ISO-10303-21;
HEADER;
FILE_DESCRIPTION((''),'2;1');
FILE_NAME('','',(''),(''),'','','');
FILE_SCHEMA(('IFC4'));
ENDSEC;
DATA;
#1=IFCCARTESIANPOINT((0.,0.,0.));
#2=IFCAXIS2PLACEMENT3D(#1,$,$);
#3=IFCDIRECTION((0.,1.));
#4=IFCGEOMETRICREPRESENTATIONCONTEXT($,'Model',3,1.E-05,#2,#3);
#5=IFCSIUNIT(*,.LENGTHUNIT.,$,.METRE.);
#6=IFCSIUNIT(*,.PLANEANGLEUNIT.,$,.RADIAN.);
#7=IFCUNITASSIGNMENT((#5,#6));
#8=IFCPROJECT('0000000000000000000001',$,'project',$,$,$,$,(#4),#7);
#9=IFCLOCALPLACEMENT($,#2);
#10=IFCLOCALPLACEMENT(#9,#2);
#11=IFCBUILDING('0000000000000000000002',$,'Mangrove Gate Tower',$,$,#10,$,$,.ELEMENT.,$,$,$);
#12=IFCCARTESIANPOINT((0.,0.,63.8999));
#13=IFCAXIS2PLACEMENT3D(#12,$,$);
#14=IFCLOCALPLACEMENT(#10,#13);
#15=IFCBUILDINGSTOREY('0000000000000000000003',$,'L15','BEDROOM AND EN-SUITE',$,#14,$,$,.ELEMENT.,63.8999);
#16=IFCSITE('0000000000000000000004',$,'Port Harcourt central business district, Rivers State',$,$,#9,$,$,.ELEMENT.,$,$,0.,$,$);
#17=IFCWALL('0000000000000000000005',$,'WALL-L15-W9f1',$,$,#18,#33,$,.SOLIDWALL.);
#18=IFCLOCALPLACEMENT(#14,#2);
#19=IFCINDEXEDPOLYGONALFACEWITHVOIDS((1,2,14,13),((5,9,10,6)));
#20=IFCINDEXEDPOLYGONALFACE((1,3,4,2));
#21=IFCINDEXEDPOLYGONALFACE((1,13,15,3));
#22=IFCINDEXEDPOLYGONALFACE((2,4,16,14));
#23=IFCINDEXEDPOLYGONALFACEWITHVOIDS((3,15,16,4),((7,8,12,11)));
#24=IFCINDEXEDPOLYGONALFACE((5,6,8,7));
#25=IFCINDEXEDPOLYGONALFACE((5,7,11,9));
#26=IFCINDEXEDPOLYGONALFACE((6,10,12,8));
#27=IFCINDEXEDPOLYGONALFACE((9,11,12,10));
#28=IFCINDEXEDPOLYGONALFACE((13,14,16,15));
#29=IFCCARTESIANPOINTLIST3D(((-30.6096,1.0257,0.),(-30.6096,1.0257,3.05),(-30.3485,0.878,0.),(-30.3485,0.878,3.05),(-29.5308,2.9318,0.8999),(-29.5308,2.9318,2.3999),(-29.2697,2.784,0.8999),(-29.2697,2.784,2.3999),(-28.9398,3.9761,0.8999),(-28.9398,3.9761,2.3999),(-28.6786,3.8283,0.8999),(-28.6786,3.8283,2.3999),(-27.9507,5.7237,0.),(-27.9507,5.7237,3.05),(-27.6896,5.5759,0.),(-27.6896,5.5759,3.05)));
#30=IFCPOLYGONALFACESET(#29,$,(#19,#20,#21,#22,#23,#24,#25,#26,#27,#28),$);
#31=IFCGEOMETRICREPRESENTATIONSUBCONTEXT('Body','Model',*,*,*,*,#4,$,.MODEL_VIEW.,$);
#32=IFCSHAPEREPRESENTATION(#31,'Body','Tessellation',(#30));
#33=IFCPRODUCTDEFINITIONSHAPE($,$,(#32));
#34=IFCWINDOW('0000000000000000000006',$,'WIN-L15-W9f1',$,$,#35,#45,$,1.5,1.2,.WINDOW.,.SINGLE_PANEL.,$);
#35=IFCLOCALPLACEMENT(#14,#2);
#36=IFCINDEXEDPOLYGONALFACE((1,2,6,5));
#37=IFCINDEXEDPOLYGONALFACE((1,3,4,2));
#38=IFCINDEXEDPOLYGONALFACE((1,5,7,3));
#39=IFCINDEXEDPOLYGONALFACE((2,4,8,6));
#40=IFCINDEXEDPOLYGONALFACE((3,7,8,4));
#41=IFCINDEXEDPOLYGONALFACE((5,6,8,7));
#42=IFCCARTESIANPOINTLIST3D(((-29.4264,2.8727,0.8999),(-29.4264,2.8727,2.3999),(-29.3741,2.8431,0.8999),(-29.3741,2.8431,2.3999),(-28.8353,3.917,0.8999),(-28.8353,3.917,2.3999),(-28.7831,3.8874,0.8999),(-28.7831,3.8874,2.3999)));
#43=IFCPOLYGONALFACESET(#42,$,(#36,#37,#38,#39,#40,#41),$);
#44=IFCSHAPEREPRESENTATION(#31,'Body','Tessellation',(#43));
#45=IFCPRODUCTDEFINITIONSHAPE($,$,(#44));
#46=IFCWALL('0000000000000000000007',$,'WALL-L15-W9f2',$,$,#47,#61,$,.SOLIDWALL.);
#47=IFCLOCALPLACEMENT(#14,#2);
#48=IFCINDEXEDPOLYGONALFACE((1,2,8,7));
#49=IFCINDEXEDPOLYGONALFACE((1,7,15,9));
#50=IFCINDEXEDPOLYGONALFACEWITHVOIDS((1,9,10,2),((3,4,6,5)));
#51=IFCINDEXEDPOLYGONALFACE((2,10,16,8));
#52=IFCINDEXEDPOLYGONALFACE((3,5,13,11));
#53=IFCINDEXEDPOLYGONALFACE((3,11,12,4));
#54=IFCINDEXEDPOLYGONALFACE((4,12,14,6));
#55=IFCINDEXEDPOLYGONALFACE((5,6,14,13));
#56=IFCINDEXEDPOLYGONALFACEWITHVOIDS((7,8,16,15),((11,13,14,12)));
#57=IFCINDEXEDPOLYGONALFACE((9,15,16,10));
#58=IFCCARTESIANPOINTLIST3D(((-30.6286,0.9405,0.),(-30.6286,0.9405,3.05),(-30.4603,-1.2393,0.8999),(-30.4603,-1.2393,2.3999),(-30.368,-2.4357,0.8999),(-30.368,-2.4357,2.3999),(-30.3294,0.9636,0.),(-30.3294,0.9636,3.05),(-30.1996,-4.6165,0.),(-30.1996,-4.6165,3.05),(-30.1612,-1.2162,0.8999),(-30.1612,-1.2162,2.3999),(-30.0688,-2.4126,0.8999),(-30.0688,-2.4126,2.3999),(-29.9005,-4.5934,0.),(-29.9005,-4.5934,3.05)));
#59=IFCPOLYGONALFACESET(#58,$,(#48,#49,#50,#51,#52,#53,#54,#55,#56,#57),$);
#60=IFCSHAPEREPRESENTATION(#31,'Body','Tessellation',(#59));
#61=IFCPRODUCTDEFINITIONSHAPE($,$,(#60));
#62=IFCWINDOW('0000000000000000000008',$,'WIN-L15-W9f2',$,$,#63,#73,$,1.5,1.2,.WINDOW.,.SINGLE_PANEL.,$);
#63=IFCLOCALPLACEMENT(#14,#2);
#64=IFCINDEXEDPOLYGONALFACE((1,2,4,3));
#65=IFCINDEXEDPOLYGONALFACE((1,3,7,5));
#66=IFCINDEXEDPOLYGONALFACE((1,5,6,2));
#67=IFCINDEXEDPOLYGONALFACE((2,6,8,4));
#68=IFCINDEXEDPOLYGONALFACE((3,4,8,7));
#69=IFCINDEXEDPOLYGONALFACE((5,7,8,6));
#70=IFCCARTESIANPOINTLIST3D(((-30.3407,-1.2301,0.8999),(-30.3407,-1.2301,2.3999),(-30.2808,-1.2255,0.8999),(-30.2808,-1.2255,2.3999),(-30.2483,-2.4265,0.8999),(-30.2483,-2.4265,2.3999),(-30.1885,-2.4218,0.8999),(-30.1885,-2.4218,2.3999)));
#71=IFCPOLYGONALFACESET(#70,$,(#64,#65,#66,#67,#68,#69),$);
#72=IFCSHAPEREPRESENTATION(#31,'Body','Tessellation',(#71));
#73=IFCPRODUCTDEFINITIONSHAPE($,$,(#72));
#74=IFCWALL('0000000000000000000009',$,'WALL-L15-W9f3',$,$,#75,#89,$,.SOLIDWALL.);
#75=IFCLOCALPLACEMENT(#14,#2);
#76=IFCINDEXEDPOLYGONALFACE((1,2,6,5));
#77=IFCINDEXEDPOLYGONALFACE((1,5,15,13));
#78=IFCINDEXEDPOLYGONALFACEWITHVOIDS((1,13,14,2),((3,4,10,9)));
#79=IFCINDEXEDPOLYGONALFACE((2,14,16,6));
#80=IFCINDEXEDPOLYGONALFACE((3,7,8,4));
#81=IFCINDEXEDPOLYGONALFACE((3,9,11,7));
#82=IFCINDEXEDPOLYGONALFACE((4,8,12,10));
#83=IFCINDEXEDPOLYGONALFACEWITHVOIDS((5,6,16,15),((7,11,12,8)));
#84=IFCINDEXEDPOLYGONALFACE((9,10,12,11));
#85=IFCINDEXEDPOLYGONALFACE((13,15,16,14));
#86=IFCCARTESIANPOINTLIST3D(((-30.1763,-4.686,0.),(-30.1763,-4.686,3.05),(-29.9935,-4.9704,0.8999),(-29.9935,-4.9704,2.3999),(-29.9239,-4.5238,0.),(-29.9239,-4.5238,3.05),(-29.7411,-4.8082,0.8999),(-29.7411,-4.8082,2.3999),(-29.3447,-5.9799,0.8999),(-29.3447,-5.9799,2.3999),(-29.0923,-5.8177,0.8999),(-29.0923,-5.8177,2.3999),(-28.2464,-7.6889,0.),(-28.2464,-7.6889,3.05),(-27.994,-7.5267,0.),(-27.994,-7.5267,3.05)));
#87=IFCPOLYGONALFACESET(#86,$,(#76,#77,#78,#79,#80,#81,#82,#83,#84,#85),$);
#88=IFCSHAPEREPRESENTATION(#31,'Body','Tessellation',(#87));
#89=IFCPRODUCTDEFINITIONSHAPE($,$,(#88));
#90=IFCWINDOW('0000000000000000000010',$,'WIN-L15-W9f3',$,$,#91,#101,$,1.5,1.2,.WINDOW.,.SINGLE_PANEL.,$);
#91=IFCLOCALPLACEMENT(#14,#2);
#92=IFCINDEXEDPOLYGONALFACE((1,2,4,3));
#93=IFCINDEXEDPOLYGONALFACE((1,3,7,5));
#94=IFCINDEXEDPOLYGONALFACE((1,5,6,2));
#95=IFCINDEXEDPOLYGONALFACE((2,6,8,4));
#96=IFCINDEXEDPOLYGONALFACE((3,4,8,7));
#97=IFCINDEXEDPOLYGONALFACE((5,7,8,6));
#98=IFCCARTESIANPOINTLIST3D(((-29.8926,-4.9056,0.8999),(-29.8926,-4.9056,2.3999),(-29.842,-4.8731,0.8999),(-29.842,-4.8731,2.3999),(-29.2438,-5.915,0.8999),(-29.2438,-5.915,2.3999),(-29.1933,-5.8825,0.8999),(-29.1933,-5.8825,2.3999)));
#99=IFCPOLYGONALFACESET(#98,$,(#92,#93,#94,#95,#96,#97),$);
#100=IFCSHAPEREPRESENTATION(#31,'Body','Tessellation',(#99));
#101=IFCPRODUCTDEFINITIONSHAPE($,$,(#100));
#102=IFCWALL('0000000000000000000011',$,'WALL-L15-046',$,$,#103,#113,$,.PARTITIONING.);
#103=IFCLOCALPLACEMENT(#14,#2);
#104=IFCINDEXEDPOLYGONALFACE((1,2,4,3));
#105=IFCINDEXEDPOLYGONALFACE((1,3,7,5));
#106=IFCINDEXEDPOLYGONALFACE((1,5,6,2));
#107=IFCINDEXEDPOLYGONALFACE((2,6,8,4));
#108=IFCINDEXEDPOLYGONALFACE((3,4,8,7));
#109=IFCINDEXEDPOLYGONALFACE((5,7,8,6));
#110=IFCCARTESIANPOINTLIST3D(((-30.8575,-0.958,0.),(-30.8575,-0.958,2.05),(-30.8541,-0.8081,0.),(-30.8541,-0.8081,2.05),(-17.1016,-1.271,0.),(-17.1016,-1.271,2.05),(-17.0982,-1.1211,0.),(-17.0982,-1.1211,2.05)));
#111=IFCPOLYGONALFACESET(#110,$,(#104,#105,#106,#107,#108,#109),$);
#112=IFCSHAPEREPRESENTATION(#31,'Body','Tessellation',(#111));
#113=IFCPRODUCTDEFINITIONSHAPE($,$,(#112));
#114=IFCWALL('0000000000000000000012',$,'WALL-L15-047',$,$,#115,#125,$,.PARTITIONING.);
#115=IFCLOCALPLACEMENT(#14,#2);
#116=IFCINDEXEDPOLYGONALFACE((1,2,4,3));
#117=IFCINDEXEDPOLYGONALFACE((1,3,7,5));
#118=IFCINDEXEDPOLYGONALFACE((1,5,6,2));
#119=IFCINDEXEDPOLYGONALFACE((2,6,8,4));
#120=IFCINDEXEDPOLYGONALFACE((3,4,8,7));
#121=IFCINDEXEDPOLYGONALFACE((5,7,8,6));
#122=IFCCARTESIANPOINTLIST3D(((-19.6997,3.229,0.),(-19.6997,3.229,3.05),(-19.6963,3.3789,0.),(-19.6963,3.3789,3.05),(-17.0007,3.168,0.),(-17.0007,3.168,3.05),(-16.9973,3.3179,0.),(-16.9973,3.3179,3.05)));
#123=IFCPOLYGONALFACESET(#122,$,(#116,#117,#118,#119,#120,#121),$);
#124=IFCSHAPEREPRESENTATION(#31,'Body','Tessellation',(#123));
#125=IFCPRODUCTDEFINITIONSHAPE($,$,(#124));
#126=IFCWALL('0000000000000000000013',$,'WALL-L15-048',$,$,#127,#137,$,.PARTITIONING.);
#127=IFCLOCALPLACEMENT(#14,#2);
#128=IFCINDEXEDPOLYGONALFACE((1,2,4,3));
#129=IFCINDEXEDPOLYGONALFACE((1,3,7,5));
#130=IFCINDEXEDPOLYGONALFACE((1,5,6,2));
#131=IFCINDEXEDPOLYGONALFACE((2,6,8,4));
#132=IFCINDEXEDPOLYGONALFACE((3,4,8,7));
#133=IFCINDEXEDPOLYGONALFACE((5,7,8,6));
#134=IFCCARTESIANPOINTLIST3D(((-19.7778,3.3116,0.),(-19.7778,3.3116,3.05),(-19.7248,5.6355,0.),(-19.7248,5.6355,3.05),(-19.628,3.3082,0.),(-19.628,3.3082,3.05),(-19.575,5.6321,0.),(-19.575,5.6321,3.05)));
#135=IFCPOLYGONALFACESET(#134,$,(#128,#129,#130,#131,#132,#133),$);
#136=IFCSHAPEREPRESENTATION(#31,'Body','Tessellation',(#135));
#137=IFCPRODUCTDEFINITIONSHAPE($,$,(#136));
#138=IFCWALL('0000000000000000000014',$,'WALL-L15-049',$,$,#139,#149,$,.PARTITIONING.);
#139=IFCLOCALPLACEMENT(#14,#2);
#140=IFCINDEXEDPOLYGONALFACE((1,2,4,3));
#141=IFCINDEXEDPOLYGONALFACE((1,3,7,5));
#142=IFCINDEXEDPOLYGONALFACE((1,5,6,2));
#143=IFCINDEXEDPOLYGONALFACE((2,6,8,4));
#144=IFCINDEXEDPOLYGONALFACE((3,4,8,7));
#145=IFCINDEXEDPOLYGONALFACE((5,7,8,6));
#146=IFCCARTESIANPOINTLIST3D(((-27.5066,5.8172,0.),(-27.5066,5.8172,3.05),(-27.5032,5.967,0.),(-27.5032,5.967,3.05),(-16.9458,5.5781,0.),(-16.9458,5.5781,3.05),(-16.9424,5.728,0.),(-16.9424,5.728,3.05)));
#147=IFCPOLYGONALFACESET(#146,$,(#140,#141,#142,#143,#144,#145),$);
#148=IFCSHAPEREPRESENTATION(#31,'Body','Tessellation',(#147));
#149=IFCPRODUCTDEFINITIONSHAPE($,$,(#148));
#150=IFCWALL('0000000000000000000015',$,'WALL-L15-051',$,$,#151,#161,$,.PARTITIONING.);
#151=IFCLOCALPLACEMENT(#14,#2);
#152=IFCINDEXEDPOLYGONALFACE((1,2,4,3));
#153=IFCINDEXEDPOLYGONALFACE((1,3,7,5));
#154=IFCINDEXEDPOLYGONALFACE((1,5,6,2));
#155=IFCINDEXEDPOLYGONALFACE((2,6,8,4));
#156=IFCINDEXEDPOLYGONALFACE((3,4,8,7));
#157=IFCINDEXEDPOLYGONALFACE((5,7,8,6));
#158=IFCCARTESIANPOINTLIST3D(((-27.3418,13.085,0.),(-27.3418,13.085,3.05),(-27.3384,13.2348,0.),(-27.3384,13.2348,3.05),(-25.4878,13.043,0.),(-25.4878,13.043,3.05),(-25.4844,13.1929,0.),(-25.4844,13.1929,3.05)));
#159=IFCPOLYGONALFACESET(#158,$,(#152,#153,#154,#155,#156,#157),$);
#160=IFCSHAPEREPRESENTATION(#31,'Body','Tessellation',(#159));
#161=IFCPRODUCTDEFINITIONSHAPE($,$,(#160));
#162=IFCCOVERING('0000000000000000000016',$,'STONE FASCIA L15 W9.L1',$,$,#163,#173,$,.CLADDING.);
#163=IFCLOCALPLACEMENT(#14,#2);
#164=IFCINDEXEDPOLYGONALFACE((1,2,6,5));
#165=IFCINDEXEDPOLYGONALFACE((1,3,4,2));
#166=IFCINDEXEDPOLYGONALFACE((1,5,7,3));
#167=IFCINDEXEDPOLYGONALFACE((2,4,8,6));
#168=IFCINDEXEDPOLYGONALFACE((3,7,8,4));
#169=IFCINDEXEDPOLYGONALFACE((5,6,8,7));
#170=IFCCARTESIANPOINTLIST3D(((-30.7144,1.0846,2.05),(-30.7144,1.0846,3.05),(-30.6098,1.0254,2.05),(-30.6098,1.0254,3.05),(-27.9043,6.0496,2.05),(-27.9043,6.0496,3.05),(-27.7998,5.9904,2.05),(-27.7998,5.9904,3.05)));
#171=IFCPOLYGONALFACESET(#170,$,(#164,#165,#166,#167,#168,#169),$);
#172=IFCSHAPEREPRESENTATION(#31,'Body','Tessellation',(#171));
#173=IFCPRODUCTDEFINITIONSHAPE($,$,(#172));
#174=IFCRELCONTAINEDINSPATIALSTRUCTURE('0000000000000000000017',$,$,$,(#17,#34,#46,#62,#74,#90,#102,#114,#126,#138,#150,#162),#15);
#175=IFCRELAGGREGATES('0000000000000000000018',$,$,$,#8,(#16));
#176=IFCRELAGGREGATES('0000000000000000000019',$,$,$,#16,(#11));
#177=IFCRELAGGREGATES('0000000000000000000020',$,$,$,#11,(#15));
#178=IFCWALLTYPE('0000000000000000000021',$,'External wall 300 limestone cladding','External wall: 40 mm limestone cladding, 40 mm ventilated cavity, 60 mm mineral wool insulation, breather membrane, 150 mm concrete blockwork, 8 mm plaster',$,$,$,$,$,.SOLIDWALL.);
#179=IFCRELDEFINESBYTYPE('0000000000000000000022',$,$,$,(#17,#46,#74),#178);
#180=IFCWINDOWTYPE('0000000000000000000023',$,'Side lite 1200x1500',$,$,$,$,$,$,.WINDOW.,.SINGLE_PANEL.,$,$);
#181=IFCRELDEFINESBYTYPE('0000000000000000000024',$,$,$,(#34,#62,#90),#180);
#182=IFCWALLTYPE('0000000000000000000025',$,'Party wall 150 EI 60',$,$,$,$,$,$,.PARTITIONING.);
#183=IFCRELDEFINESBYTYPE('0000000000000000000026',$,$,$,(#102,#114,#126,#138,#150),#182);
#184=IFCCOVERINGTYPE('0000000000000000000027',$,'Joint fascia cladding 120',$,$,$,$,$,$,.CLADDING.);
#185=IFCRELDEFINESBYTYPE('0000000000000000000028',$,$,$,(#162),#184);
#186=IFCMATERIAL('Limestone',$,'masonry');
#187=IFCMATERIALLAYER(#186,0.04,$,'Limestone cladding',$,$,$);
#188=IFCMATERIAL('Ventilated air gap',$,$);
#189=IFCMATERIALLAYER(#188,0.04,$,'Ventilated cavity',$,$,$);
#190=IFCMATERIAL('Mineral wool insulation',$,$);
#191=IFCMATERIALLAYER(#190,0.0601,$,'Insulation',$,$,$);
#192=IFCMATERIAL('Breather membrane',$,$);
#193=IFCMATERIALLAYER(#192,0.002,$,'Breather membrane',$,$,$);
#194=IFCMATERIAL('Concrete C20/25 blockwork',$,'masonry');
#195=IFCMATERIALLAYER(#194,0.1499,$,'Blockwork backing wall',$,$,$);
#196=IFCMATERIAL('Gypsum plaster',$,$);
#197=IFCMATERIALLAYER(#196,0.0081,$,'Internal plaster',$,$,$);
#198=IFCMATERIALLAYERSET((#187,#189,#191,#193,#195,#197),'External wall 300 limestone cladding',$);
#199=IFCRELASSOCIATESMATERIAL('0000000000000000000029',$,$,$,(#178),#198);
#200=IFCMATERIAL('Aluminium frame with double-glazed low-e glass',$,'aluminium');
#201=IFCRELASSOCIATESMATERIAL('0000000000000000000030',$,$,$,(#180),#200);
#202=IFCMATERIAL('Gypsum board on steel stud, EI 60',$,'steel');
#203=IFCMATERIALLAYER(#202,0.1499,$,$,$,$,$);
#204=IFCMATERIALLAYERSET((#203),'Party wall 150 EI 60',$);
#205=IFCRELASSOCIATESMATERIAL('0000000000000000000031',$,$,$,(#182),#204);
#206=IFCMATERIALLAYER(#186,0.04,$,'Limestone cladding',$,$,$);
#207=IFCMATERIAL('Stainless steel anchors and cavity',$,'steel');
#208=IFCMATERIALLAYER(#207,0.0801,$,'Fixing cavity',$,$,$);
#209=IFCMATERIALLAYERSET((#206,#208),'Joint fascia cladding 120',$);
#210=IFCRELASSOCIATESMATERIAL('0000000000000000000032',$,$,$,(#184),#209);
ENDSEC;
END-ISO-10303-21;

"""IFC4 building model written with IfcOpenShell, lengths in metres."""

from ifc_helpers import new_model, si_unit, direction, frame, frame_2d, origin, place, context, subcontext, project, spatial, rectangle, extrude, material, layer, layer_set, type_object, element, fill, save


model = new_model("IFC4")

# Units and contexts
model_context = context("Model", 3, precision=1e-05, world=origin(), true_north=direction((0.0, 1.0)))
body_context = subcontext(model_context, "Body", "Model", "MODEL_VIEW")
ifc_project = project(units=[si_unit("LENGTHUNIT", "METRE"), si_unit("PLANEANGLEUNIT", "RADIAN")], contexts=[model_context])

# Site, building, storey
site_placement = place(None, origin())
site = spatial("IfcSite", under=ifc_project, at=site_placement, Name="Port Harcourt central business district, Rivers State", CompositionType="ELEMENT", RefElevation=0.0)
building_placement = place(site_placement, origin())
building = spatial("IfcBuilding", under=site, at=building_placement, Name="Mangrove Gate Tower", CompositionType="ELEMENT")
storey_placement = place(building_placement, frame((0.0, 0.0, 63.8999)))
storey = spatial("IfcBuildingStorey", under=building, at=storey_placement, Name="L15", Description="BEDROOM AND EN-SUITE", CompositionType="ELEMENT", Elevation=63.8999)

# Walls, openings, windows
ifc_material_1 = material(Name="Limestone", Category="masonry")
ifc_layer_1 = layer(ifc_material_1, 0.04, Name="Limestone cladding")
ifc_material_2 = material(Name="Ventilated air gap")
ifc_layer_2 = layer(ifc_material_2, 0.04, Name="Ventilated cavity")
ifc_material_3 = material(Name="Mineral wool insulation")
ifc_layer_3 = layer(ifc_material_3, 0.0601, Name="Insulation")
ifc_material_4 = material(Name="Breather membrane")
ifc_layer_4 = layer(ifc_material_4, 0.002, Name="Breather membrane")
ifc_material_5 = material(Name="Concrete C20/25 blockwork", Category="masonry")
ifc_layer_5 = layer(ifc_material_5, 0.1499, Name="Blockwork backing wall")
ifc_material_6 = material(Name="Gypsum plaster")
ifc_layer_6 = layer(ifc_material_6, 0.0081, Name="Internal plaster")
ifc_layer_set_1 = layer_set([ifc_layer_1, ifc_layer_2, ifc_layer_3, ifc_layer_4, ifc_layer_5, ifc_layer_6], Name="External wall 300 limestone cladding")
wall_type_1 = type_object("IfcWallType", Name="External wall 300 limestone cladding", Description="External wall: 40 mm limestone cladding, 40 mm ventilated cavity, 60 mm mineral wool insulation, breather membrane, 150 mm concrete blockwork, 8 mm plaster", PredefinedType="SOLIDWALL", material=ifc_layer_set_1)
wall_1_placement = place(storey_placement, frame((-27.8201, 5.6499, 0.0), z_axis=(0.0, 0.0, 1.0), x_axis=(-0.492555, -0.870281, 0.0)))
wall_1 = element("IfcWall", 1, at=wall_1_placement, inside=storey, type_object=wall_type_1, Name="WALL-L15-W9f1", PredefinedType="SOLIDWALL", context=body_context, shape_type="SweptSolid", body=[
    extrude(rectangle(XDim=5.3982, YDim=0.3, at=frame_2d((2.6992, 0.0))), origin(), (0.0, 0.0, 1.0), 3.05),
])
opening_1_placement = place(wall_1_placement, frame((2.0081, 0.0, 0.8999)))
opening_1 = element("IfcOpeningElement", 2, at=opening_1_placement, cuts=wall_1, PredefinedType="OPENING", context=body_context, shape_type="SweptSolid", body=[
    extrude(rectangle(XDim=1.2, YDim=1.5, at=frame_2d((0.6001, 0.75))), frame((0.0, 0.1599, 0.0), z_axis=(0.0, -1.0, 0.0), x_axis=(1.0, 0.0, 0.0)), (0.0, 0.0, 1.0), 0.3201),
])
ifc_material_7 = material(Name="Aluminium frame with double-glazed low-e glass", Category="aluminium")
window_type = type_object("IfcWindowType", Name="Side lite 1200x1500", PartitioningType="SINGLE_PANEL", PredefinedType="WINDOW", material=ifc_material_7)
window_1_placement = place(opening_1_placement, origin())
window_1 = element("IfcWindow", 3, at=window_1_placement, inside=storey, type_object=window_type, Name="WIN-L15-W9f1", OverallHeight=1.5, OverallWidth=1.2, PartitioningType="SINGLE_PANEL", PredefinedType="WINDOW", context=body_context, shape_type="SweptSolid", body=[
    extrude(rectangle(XDim=1.2, YDim=1.5, at=frame_2d((0.6001, 0.75))), frame((0.0, 0.03, 0.0), z_axis=(0.0, -1.0, 0.0), x_axis=(1.0, 0.0, 0.0)), (0.0, 0.0, 1.0), 0.0601),
])
fill(opening_1, window_1)
wall_2_placement = place(storey_placement, frame((-30.479, 0.9519, 0.0), z_axis=(0.0, 0.0, 1.0), x_axis=(0.076964, -0.997034, 0.0)))
wall_2 = element("IfcWall", 4, at=wall_2_placement, inside=storey, type_object=wall_type_1, Name="WALL-L15-W9f2", PredefinedType="SOLIDWALL", context=body_context, shape_type="SweptSolid", body=[
    extrude(rectangle(XDim=5.5735, YDim=0.3, at=frame_2d((2.7866, 0.0))), origin(), (0.0, 0.0, 1.0), 3.05),
])
opening_2_placement = place(wall_2_placement, frame((2.186, 0.0, 0.8999)))
opening_2 = element("IfcOpeningElement", 5, at=opening_2_placement, cuts=wall_2, PredefinedType="OPENING", context=body_context, shape_type="SweptSolid", body=[
    extrude(rectangle(XDim=1.2, YDim=1.5, at=frame_2d((0.6001, 0.75))), frame((0.0, 0.1599, 0.0), z_axis=(0.0, -1.0, 0.0), x_axis=(1.0, 0.0, 0.0)), (0.0, 0.0, 1.0), 0.3201),
])
window_2_placement = place(opening_2_placement, origin())
window_2 = element("IfcWindow", 6, at=window_2_placement, inside=storey, type_object=window_type, Name="WIN-L15-W9f2", OverallHeight=1.5, OverallWidth=1.2, PartitioningType="SINGLE_PANEL", PredefinedType="WINDOW", context=body_context, shape_type="SweptSolid", body=[
    extrude(rectangle(XDim=1.2, YDim=1.5, at=frame_2d((0.6001, 0.75))), frame((0.0, 0.03, 0.0), z_axis=(0.0, -1.0, 0.0), x_axis=(1.0, 0.0, 0.0)), (0.0, 0.0, 1.0), 0.0601),
])
fill(opening_2, window_2)
wall_3_placement = place(storey_placement, frame((-30.05, -4.605, 0.0), z_axis=(0.0, 0.0, 1.0), x_axis=(0.540654, -0.841245, 0.0)))
wall_3 = element("IfcWall", 7, at=wall_3_placement, inside=storey, type_object=wall_type_1, Name="WALL-L15-W9f3", PredefinedType="SOLIDWALL", context=body_context, shape_type="SweptSolid", body=[
    extrude(rectangle(XDim=3.5696, YDim=0.3, at=frame_2d((1.7847, 0.0))), origin(), (0.0, 0.0, 1.0), 3.05),
])
opening_3_placement = place(wall_3_placement, frame((0.3379, 0.0, 0.8999)))
opening_3 = element("IfcOpeningElement", 8, at=opening_3_placement, cuts=wall_3, PredefinedType="OPENING", context=body_context, shape_type="SweptSolid", body=[
    extrude(rectangle(XDim=1.2, YDim=1.5, at=frame_2d((0.6001, 0.75))), frame((0.0, 0.1599, 0.0), z_axis=(0.0, -1.0, 0.0), x_axis=(1.0, 0.0, 0.0)), (0.0, 0.0, 1.0), 0.3201),
])
window_3_placement = place(opening_3_placement, origin())
window_3 = element("IfcWindow", 9, at=window_3_placement, inside=storey, type_object=window_type, Name="WIN-L15-W9f3", OverallHeight=1.5, OverallWidth=1.2, PartitioningType="SINGLE_PANEL", PredefinedType="WINDOW", context=body_context, shape_type="SweptSolid", body=[
    extrude(rectangle(XDim=1.2, YDim=1.5, at=frame_2d((0.6001, 0.75))), frame((0.0, 0.03, 0.0), z_axis=(0.0, -1.0, 0.0), x_axis=(1.0, 0.0, 0.0)), (0.0, 0.0, 1.0), 0.0601),
])
fill(opening_3, window_3)

# Walls
ifc_material_8 = material(Name="Gypsum board on steel stud, EI 60", Category="steel")
ifc_layer_7 = layer(ifc_material_8, 0.1499)
ifc_layer_set_2 = layer_set([ifc_layer_7], Name="Party wall 150 EI 60")
wall_type_2 = type_object("IfcWallType", Name="Party wall 150 EI 60", PredefinedType="PARTITIONING", material=ifc_layer_set_2)
wall_4_placement = place(storey_placement, frame((-30.856, -0.8831, 0.0), z_axis=(0.0, 0.0, 1.0), x_axis=(0.999741, -0.022747, 0.0)))
element("IfcWall", 10, at=wall_4_placement, inside=storey, type_object=wall_type_2, Name="WALL-L15-046", PredefinedType="PARTITIONING", context=body_context, shape_type="SweptSolid", body=[
    extrude(rectangle(XDim=13.7595, YDim=0.1499, at=frame_2d((6.8799, 0.0))), origin(), (0.0, 0.0, 1.0), 2.05),
])
wall_5_placement = place(storey_placement, frame((-19.698, 3.304, 0.0), z_axis=(0.0, 0.0, 1.0), x_axis=(0.999744, -0.022608, 0.0)))
element("IfcWall", 11, at=wall_5_placement, inside=storey, type_object=wall_type_2, Name="WALL-L15-047", PredefinedType="PARTITIONING", context=body_context, shape_type="SweptSolid", body=[
    extrude(rectangle(XDim=2.6997, YDim=0.1499, at=frame_2d((1.3499, 0.0))), origin(), (0.0, 0.0, 1.0), 3.05),
])
wall_6_placement = place(storey_placement, frame((-19.7029, 3.3101, 0.0), z_axis=(0.0, 0.0, 1.0), x_axis=(0.022791, 0.99974, 0.0)))
element("IfcWall", 12, at=wall_6_placement, inside=storey, type_object=wall_type_2, Name="WALL-L15-048", PredefinedType="PARTITIONING", context=body_context, shape_type="SweptSolid", body=[
    extrude(rectangle(XDim=2.3245, YDim=0.1499, at=frame_2d((1.1621, 0.0))), origin(), (0.0, 0.0, 1.0), 3.05),
])
wall_7_placement = place(storey_placement, frame((-27.5049, 5.8921, 0.0), z_axis=(0.0, 0.0, 1.0), x_axis=(0.999744, -0.022626, 0.0)))
element("IfcWall", 13, at=wall_7_placement, inside=storey, type_object=wall_type_2, Name="WALL-L15-049", PredefinedType="PARTITIONING", context=body_context, shape_type="SweptSolid", body=[
    extrude(rectangle(XDim=10.5635, YDim=0.1499, at=frame_2d((5.2817, 0.0))), origin(), (0.0, 0.0, 1.0), 3.05),
])
wall_8_placement = place(storey_placement, frame((-27.3401, 13.1599, 0.0), z_axis=(0.0, 0.0, 1.0), x_axis=(0.999744, -0.022644, 0.0)))
element("IfcWall", 14, at=wall_8_placement, inside=storey, type_object=wall_type_2, Name="WALL-L15-051", PredefinedType="PARTITIONING", context=body_context, shape_type="SweptSolid", body=[
    extrude(rectangle(XDim=1.8545, YDim=0.1499, at=frame_2d((0.9272, 0.0))), origin(), (0.0, 0.0, 1.0), 3.05),
])

# Covering
ifc_layer_8 = layer(ifc_material_1, 0.04, Name="Limestone cladding")
ifc_material_9 = material(Name="Stainless steel anchors and cavity", Category="steel")
ifc_layer_9 = layer(ifc_material_9, 0.0801, Name="Fixing cavity")
ifc_layer_set_3 = layer_set([ifc_layer_8, ifc_layer_9], Name="Joint fascia cladding 120")
covering_type = type_object("IfcCoveringType", Name="Joint fascia cladding 120", PredefinedType="CLADDING", material=ifc_layer_set_3)
covering_placement = place(storey_placement, frame((-27.8521, 6.02, 2.05), z_axis=(0.0, 0.0, 1.0), x_axis=(-0.492549, -0.870285, 0.0)))
element("IfcCovering", 15, at=covering_placement, inside=storey, type_object=covering_type, Name="STONE FASCIA L15 W9.L1", PredefinedType="CLADDING", context=body_context, shape_type="SweptSolid", body=[
    extrude(rectangle(XDim=5.7051, YDim=0.1201, at=frame_2d((2.8525, 0.0))), origin(), (0.0, 0.0, 1.0), 1.0),
])

save(model, "model.ifc")
